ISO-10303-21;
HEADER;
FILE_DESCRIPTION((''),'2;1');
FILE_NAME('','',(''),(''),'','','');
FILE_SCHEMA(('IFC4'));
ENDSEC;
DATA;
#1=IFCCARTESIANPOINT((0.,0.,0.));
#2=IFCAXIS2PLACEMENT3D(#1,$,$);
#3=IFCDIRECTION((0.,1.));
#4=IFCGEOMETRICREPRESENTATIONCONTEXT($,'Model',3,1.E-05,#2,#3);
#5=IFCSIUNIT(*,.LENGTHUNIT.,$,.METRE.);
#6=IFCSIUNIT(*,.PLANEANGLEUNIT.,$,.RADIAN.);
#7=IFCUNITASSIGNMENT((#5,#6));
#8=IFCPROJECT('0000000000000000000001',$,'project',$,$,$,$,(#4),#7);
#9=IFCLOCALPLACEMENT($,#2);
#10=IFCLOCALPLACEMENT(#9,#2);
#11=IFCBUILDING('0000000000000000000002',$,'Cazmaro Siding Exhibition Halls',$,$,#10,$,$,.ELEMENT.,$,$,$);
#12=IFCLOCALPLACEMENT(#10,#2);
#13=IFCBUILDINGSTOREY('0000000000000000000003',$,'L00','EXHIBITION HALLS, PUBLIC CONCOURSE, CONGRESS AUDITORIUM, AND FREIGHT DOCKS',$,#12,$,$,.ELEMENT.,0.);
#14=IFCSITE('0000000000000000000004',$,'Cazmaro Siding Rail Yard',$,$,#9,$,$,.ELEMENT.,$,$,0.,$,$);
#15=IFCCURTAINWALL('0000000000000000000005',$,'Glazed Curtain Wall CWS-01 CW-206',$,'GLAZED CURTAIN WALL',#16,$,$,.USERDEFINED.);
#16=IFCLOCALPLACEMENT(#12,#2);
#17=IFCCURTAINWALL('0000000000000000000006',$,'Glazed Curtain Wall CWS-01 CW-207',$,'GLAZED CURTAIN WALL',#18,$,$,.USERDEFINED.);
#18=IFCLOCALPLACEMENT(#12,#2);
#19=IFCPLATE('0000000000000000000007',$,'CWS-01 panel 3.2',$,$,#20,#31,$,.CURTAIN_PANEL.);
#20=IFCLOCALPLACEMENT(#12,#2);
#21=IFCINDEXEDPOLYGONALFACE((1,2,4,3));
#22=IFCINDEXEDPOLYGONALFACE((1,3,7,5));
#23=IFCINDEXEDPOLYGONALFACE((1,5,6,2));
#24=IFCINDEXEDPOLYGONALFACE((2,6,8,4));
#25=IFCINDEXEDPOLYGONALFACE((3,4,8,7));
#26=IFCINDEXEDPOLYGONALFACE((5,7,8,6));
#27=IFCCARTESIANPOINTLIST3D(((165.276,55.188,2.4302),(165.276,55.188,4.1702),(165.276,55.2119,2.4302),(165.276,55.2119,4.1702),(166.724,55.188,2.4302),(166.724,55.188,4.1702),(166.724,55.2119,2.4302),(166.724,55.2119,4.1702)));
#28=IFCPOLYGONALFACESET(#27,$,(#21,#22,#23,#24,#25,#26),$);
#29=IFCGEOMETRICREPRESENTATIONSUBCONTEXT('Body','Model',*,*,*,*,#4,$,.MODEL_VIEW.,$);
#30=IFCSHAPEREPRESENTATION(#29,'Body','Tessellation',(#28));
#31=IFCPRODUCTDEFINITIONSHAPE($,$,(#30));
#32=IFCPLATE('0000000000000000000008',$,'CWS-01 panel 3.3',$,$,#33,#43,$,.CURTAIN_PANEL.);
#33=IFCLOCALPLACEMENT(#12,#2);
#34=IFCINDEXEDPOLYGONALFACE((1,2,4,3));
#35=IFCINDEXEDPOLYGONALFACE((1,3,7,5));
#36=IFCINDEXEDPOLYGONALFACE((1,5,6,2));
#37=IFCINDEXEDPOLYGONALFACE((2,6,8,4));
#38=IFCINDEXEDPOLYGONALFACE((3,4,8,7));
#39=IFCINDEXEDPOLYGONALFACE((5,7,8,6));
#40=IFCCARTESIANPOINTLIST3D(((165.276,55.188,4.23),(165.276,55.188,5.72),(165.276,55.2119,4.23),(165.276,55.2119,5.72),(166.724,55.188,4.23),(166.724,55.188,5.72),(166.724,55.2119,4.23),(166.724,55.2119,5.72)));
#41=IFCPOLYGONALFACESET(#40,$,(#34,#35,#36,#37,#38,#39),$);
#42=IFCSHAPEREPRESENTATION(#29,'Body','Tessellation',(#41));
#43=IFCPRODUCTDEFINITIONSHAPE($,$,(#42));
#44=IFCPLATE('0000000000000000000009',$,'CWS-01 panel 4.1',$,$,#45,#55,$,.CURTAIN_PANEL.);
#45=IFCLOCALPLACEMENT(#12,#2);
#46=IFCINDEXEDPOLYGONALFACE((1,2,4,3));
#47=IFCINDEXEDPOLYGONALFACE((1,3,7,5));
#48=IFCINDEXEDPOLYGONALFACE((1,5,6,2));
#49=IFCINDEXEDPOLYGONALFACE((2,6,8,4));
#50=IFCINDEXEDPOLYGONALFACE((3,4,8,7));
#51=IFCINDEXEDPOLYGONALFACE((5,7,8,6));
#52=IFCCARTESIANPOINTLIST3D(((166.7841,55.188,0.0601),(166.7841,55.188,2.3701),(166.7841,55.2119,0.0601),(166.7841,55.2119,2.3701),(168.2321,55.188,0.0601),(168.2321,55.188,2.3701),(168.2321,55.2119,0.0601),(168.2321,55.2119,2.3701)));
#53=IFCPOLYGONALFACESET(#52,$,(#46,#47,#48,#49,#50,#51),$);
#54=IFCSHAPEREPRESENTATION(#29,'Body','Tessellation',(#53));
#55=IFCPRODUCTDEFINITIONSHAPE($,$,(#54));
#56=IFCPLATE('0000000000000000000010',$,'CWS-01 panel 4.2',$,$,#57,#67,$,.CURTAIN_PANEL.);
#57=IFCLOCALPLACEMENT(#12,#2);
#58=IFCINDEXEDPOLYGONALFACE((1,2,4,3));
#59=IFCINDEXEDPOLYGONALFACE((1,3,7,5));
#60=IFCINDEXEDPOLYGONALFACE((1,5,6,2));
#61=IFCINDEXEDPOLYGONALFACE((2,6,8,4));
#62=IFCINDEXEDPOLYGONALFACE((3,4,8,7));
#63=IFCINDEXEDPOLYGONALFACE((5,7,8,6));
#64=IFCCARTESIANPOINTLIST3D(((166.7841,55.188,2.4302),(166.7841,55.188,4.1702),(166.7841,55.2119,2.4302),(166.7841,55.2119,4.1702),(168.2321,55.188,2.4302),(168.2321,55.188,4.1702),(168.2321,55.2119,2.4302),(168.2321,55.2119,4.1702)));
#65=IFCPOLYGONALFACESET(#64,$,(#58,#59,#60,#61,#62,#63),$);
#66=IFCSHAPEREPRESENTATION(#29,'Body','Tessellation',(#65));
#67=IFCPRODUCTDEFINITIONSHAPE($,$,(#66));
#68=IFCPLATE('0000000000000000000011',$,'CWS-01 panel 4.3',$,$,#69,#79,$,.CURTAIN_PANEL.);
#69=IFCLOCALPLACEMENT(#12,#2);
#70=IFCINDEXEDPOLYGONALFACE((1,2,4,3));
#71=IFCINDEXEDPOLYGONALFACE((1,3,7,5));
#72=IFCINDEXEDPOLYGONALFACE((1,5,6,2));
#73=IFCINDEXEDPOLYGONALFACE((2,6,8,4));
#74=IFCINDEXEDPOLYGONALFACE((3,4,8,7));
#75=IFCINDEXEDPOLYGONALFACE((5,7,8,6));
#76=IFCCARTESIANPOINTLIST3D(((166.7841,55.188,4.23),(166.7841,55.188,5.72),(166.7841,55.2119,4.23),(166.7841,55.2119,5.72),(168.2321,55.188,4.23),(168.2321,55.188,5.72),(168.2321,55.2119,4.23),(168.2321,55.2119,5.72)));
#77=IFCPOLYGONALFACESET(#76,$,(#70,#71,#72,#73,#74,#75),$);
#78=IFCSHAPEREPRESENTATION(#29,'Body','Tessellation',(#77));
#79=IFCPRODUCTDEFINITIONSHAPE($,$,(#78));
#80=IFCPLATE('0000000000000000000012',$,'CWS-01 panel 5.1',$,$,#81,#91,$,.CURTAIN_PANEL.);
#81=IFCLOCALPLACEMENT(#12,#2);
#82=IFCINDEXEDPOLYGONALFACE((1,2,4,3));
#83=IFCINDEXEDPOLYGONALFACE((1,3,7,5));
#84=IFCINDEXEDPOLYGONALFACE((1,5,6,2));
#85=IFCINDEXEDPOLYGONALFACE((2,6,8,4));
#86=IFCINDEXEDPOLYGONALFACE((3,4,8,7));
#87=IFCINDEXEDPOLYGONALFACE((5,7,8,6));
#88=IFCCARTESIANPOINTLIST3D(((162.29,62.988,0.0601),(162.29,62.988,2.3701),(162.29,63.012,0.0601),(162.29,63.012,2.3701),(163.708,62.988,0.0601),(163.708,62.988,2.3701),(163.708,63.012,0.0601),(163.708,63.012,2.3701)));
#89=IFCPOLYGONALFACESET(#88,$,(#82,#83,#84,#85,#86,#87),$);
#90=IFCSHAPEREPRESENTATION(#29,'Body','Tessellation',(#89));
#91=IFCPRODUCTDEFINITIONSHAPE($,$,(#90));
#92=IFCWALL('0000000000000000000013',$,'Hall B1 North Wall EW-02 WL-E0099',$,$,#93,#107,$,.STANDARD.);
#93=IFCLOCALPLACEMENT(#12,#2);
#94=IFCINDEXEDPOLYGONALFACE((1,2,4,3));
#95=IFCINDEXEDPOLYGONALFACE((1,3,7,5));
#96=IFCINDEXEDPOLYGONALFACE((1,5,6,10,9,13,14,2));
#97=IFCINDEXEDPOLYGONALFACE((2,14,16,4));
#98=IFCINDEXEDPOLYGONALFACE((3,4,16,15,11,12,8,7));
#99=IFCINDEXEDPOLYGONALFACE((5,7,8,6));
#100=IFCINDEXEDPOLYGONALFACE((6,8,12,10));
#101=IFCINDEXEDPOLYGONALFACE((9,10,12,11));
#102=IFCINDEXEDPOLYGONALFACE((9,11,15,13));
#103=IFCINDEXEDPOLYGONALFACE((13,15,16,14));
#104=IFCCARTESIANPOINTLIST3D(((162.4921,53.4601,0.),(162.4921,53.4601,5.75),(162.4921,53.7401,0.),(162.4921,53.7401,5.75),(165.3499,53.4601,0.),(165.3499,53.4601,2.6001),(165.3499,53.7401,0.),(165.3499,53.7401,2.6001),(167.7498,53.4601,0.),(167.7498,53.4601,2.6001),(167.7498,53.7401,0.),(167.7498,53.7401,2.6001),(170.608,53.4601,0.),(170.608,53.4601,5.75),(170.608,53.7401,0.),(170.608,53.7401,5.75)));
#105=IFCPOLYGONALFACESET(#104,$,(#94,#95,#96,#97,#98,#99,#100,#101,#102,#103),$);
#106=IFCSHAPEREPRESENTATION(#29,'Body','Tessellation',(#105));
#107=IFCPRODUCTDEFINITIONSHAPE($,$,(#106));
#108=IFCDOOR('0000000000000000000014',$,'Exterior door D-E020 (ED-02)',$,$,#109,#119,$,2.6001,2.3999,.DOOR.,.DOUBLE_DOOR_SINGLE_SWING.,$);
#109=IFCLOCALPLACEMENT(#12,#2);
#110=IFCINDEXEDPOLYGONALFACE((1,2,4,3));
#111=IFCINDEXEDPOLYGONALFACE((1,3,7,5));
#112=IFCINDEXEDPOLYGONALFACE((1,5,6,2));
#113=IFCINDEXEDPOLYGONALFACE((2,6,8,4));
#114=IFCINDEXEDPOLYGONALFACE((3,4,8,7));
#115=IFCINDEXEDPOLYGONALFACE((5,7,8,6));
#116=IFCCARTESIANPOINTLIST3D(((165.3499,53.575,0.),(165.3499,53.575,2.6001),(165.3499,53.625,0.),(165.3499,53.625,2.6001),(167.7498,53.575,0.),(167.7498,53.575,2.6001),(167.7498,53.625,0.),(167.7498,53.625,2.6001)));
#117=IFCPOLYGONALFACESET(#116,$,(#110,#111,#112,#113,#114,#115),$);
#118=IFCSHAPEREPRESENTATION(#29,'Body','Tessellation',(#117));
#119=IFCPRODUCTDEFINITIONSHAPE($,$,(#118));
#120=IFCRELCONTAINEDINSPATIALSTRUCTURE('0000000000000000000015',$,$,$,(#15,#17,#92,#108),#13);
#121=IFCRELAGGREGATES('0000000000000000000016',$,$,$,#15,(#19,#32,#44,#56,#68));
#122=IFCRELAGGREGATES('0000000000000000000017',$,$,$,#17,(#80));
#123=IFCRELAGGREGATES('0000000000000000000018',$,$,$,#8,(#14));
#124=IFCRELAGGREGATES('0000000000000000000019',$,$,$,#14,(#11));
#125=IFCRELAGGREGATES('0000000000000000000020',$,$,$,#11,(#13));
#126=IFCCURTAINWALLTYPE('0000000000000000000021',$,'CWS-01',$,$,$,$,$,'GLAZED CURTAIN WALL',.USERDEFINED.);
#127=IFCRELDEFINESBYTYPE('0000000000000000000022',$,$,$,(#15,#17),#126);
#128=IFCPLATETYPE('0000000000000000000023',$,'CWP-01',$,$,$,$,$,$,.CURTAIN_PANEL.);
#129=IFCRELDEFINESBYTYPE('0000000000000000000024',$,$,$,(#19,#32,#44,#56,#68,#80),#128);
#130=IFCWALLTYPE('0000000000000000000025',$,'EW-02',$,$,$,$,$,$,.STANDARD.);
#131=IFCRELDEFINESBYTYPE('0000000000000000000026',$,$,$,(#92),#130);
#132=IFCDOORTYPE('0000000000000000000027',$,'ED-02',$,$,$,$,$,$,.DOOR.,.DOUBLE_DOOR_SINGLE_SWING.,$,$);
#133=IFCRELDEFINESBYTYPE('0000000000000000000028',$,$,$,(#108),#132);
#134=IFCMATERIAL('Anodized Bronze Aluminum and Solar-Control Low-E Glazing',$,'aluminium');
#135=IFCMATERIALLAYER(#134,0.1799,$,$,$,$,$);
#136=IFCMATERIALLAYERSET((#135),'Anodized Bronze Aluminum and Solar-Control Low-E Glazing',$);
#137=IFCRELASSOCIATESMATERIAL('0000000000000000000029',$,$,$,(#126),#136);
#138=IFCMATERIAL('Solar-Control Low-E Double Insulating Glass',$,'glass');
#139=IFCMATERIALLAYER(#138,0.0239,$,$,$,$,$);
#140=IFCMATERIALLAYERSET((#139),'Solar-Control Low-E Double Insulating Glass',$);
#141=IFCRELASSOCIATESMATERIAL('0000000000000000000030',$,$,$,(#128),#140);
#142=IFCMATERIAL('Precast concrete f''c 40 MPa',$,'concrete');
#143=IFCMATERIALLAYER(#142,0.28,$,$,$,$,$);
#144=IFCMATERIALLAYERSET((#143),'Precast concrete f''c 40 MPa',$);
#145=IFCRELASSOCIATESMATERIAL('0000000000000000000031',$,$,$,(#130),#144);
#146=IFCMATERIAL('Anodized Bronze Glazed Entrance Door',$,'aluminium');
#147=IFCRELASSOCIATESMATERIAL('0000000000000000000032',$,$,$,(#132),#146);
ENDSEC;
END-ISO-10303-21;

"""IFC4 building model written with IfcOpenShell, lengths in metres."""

from ifc_helpers import new_model, si_unit, direction, frame, frame_2d, origin, origin_2d, place, context, subcontext, project, spatial, rectangle, extrude, material, layer, layer_set, type_object, element, fill, aggregate, save


model = new_model("IFC4")

# Units and contexts
model_context = context("Model", 3, precision=1e-05, world=origin(), true_north=direction((0.0, 1.0)))
body_context = subcontext(model_context, "Body", "Model", "MODEL_VIEW")
ifc_project = project(units=[si_unit("LENGTHUNIT", "METRE"), si_unit("PLANEANGLEUNIT", "RADIAN")], contexts=[model_context])

# Site, building, storey
site_placement = place(None, origin())
site = spatial("IfcSite", under=ifc_project, at=site_placement, Name="Cazmaro Siding Rail Yard", CompositionType="ELEMENT", RefElevation=0.0)
building_placement = place(site_placement, origin())
building = spatial("IfcBuilding", under=site, at=building_placement, Name="Cazmaro Siding Exhibition Halls", CompositionType="ELEMENT")
storey_placement = place(building_placement, origin())
storey = spatial("IfcBuildingStorey", under=building, at=storey_placement, Name="L00", Description="EXHIBITION HALLS, PUBLIC CONCOURSE, CONGRESS AUDITORIUM, AND FREIGHT DOCKS", CompositionType="ELEMENT", Elevation=0.0)

# Curtain wall
ifc_material_1 = material(Name="Anodized Bronze Aluminum and Solar-Control Low-E Glazing", Category="aluminium")
ifc_layer_1 = layer(ifc_material_1, 0.1799)
ifc_layer_set_1 = layer_set([ifc_layer_1], Name="Anodized Bronze Aluminum and Solar-Control Low-E Glazing")
curtain_wall_type = type_object("IfcCurtainWallType", Name="CWS-01", ElementType="GLAZED CURTAIN WALL", PredefinedType="USERDEFINED", material=ifc_layer_set_1)
curtain_wall_1_placement = place(storey_placement, origin())
curtain_wall_1 = element("IfcCurtainWall", 1, at=curtain_wall_1_placement, inside=storey, type_object=curtain_wall_type, Name="Glazed Curtain Wall CWS-01 CW-206", ObjectType="GLAZED CURTAIN WALL", PredefinedType="USERDEFINED")

# Curtain wall
curtain_wall_2_placement = place(storey_placement, origin())
curtain_wall_2 = element("IfcCurtainWall", 2, at=curtain_wall_2_placement, inside=storey, type_object=curtain_wall_type, Name="Glazed Curtain Wall CWS-01 CW-207", ObjectType="GLAZED CURTAIN WALL", PredefinedType="USERDEFINED")

# Plates
ifc_material_2 = material(Name="Solar-Control Low-E Double Insulating Glass", Category="glass")
ifc_layer_2 = layer(ifc_material_2, 0.0239)
ifc_layer_set_2 = layer_set([ifc_layer_2], Name="Solar-Control Low-E Double Insulating Glass")
plate_type = type_object("IfcPlateType", Name="CWP-01", PredefinedType="CURTAIN_PANEL", material=ifc_layer_set_2)
plate_1_placement = place(storey_placement, frame((166.0, 55.2, 2.4302), z_axis=(0.0, 0.0, 1.0), x_axis=(1.0, 0.0, 0.0)))
plate_1 = element("IfcPlate", 3, at=plate_1_placement, type_object=plate_type, Name="CWS-01 panel 3.2", PredefinedType="CURTAIN_PANEL", context=body_context, shape_type="SweptSolid", body=[
    extrude(rectangle(XDim=1.448, YDim=0.0239, at=origin_2d()), origin(), (0.0, 0.0, 1.0), 1.74),
])
plate_2_placement = place(storey_placement, frame((166.0, 55.2, 4.23), z_axis=(0.0, 0.0, 1.0), x_axis=(1.0, 0.0, 0.0)))
plate_2 = element("IfcPlate", 4, at=plate_2_placement, type_object=plate_type, Name="CWS-01 panel 3.3", PredefinedType="CURTAIN_PANEL", context=body_context, shape_type="SweptSolid", body=[
    extrude(rectangle(XDim=1.448, YDim=0.0239, at=origin_2d()), origin(), (0.0, 0.0, 1.0), 1.49),
])
plate_3_placement = place(storey_placement, frame((167.5081, 55.2, 0.0601), z_axis=(0.0, 0.0, 1.0), x_axis=(1.0, 0.0, 0.0)))
plate_3 = element("IfcPlate", 5, at=plate_3_placement, type_object=plate_type, Name="CWS-01 panel 4.1", PredefinedType="CURTAIN_PANEL", context=body_context, shape_type="SweptSolid", body=[
    extrude(rectangle(XDim=1.448, YDim=0.0239, at=origin_2d()), origin(), (0.0, 0.0, 1.0), 2.3101),
])
plate_4_placement = place(storey_placement, frame((167.5081, 55.2, 2.4302), z_axis=(0.0, 0.0, 1.0), x_axis=(1.0, 0.0, 0.0)))
plate_4 = element("IfcPlate", 6, at=plate_4_placement, type_object=plate_type, Name="CWS-01 panel 4.2", PredefinedType="CURTAIN_PANEL", context=body_context, shape_type="SweptSolid", body=[
    extrude(rectangle(XDim=1.448, YDim=0.0239, at=origin_2d()), origin(), (0.0, 0.0, 1.0), 1.74),
])
plate_5_placement = place(storey_placement, frame((167.5081, 55.2, 4.23), z_axis=(0.0, 0.0, 1.0), x_axis=(1.0, 0.0, 0.0)))
plate_5 = element("IfcPlate", 7, at=plate_5_placement, type_object=plate_type, Name="CWS-01 panel 4.3", PredefinedType="CURTAIN_PANEL", context=body_context, shape_type="SweptSolid", body=[
    extrude(rectangle(XDim=1.448, YDim=0.0239, at=origin_2d()), origin(), (0.0, 0.0, 1.0), 1.49),
])
aggregate(curtain_wall_1, [plate_1, plate_2, plate_3, plate_4, plate_5])
plate_6_placement = place(storey_placement, frame((162.999, 63.0, 0.0601), z_axis=(0.0, 0.0, 1.0), x_axis=(-1.0, 0.0, 0.0)))
plate_6 = element("IfcPlate", 8, at=plate_6_placement, type_object=plate_type, Name="CWS-01 panel 5.1", PredefinedType="CURTAIN_PANEL", context=body_context, shape_type="SweptSolid", body=[
    extrude(rectangle(XDim=1.418, YDim=0.0239, at=origin_2d()), origin(), (0.0, 0.0, 1.0), 2.3101),
])
aggregate(curtain_wall_2, [plate_6])

# Wall, opening, door
ifc_material_3 = material(Name="Precast concrete f'c 40 MPa", Category="concrete")
ifc_layer_3 = layer(ifc_material_3, 0.28)
ifc_layer_set_3 = layer_set([ifc_layer_3], Name="Precast concrete f'c 40 MPa")
wall_type = type_object("IfcWallType", Name="EW-02", PredefinedType="STANDARD", material=ifc_layer_set_3)
wall_placement = place(storey_placement, frame((162.4919, 53.6001, 0.0), z_axis=(0.0, 0.0, 1.0), x_axis=(1.0, 0.0, 0.0)))
wall = element("IfcWall", 9, at=wall_placement, inside=storey, type_object=wall_type, Name="Hall B1 North Wall EW-02 WL-E0099", PredefinedType="STANDARD", context=body_context, shape_type="SweptSolid", body=[
    extrude(rectangle(XDim=8.116, YDim=0.28, at=frame_2d((4.0581, 0.0))), origin(), (0.0, 0.0, 1.0), 5.75),
])
opening_placement = place(wall_placement, frame((2.8579, 0.0, 0.0)))
opening = element("IfcOpeningElement", 10, at=opening_placement, cuts=wall, PredefinedType="OPENING", context=body_context, shape_type="SweptSolid", body=[
    extrude(rectangle(XDim=2.3999, YDim=2.6001, at=frame_2d((1.2, 1.3))), frame((0.0, 0.1499, 0.0), z_axis=(0.0, -1.0, 0.0), x_axis=(1.0, 0.0, 0.0)), (0.0, 0.0, 1.0), 0.3),
])
ifc_material_4 = material(Name="Anodized Bronze Glazed Entrance Door", Category="aluminium")
door_type = type_object("IfcDoorType", Name="ED-02", OperationType="DOUBLE_DOOR_SINGLE_SWING", PredefinedType="DOOR", material=ifc_material_4)
door_placement = place(opening_placement, origin())
door = element("IfcDoor", 11, at=door_placement, inside=storey, type_object=door_type, Name="Exterior door D-E020 (ED-02)", OperationType="DOUBLE_DOOR_SINGLE_SWING", OverallHeight=2.6001, OverallWidth=2.3999, PredefinedType="DOOR", context=body_context, shape_type="SweptSolid", body=[
    extrude(rectangle(XDim=2.3999, YDim=2.6001, at=frame_2d((1.2, 1.3))), frame((0.0, 0.0249, 0.0), z_axis=(0.0, -1.0, 0.0), x_axis=(1.0, 0.0, 0.0)), (0.0, 0.0, 1.0), 0.05),
])
fill(opening, door)

save(model, "model.ifc")
